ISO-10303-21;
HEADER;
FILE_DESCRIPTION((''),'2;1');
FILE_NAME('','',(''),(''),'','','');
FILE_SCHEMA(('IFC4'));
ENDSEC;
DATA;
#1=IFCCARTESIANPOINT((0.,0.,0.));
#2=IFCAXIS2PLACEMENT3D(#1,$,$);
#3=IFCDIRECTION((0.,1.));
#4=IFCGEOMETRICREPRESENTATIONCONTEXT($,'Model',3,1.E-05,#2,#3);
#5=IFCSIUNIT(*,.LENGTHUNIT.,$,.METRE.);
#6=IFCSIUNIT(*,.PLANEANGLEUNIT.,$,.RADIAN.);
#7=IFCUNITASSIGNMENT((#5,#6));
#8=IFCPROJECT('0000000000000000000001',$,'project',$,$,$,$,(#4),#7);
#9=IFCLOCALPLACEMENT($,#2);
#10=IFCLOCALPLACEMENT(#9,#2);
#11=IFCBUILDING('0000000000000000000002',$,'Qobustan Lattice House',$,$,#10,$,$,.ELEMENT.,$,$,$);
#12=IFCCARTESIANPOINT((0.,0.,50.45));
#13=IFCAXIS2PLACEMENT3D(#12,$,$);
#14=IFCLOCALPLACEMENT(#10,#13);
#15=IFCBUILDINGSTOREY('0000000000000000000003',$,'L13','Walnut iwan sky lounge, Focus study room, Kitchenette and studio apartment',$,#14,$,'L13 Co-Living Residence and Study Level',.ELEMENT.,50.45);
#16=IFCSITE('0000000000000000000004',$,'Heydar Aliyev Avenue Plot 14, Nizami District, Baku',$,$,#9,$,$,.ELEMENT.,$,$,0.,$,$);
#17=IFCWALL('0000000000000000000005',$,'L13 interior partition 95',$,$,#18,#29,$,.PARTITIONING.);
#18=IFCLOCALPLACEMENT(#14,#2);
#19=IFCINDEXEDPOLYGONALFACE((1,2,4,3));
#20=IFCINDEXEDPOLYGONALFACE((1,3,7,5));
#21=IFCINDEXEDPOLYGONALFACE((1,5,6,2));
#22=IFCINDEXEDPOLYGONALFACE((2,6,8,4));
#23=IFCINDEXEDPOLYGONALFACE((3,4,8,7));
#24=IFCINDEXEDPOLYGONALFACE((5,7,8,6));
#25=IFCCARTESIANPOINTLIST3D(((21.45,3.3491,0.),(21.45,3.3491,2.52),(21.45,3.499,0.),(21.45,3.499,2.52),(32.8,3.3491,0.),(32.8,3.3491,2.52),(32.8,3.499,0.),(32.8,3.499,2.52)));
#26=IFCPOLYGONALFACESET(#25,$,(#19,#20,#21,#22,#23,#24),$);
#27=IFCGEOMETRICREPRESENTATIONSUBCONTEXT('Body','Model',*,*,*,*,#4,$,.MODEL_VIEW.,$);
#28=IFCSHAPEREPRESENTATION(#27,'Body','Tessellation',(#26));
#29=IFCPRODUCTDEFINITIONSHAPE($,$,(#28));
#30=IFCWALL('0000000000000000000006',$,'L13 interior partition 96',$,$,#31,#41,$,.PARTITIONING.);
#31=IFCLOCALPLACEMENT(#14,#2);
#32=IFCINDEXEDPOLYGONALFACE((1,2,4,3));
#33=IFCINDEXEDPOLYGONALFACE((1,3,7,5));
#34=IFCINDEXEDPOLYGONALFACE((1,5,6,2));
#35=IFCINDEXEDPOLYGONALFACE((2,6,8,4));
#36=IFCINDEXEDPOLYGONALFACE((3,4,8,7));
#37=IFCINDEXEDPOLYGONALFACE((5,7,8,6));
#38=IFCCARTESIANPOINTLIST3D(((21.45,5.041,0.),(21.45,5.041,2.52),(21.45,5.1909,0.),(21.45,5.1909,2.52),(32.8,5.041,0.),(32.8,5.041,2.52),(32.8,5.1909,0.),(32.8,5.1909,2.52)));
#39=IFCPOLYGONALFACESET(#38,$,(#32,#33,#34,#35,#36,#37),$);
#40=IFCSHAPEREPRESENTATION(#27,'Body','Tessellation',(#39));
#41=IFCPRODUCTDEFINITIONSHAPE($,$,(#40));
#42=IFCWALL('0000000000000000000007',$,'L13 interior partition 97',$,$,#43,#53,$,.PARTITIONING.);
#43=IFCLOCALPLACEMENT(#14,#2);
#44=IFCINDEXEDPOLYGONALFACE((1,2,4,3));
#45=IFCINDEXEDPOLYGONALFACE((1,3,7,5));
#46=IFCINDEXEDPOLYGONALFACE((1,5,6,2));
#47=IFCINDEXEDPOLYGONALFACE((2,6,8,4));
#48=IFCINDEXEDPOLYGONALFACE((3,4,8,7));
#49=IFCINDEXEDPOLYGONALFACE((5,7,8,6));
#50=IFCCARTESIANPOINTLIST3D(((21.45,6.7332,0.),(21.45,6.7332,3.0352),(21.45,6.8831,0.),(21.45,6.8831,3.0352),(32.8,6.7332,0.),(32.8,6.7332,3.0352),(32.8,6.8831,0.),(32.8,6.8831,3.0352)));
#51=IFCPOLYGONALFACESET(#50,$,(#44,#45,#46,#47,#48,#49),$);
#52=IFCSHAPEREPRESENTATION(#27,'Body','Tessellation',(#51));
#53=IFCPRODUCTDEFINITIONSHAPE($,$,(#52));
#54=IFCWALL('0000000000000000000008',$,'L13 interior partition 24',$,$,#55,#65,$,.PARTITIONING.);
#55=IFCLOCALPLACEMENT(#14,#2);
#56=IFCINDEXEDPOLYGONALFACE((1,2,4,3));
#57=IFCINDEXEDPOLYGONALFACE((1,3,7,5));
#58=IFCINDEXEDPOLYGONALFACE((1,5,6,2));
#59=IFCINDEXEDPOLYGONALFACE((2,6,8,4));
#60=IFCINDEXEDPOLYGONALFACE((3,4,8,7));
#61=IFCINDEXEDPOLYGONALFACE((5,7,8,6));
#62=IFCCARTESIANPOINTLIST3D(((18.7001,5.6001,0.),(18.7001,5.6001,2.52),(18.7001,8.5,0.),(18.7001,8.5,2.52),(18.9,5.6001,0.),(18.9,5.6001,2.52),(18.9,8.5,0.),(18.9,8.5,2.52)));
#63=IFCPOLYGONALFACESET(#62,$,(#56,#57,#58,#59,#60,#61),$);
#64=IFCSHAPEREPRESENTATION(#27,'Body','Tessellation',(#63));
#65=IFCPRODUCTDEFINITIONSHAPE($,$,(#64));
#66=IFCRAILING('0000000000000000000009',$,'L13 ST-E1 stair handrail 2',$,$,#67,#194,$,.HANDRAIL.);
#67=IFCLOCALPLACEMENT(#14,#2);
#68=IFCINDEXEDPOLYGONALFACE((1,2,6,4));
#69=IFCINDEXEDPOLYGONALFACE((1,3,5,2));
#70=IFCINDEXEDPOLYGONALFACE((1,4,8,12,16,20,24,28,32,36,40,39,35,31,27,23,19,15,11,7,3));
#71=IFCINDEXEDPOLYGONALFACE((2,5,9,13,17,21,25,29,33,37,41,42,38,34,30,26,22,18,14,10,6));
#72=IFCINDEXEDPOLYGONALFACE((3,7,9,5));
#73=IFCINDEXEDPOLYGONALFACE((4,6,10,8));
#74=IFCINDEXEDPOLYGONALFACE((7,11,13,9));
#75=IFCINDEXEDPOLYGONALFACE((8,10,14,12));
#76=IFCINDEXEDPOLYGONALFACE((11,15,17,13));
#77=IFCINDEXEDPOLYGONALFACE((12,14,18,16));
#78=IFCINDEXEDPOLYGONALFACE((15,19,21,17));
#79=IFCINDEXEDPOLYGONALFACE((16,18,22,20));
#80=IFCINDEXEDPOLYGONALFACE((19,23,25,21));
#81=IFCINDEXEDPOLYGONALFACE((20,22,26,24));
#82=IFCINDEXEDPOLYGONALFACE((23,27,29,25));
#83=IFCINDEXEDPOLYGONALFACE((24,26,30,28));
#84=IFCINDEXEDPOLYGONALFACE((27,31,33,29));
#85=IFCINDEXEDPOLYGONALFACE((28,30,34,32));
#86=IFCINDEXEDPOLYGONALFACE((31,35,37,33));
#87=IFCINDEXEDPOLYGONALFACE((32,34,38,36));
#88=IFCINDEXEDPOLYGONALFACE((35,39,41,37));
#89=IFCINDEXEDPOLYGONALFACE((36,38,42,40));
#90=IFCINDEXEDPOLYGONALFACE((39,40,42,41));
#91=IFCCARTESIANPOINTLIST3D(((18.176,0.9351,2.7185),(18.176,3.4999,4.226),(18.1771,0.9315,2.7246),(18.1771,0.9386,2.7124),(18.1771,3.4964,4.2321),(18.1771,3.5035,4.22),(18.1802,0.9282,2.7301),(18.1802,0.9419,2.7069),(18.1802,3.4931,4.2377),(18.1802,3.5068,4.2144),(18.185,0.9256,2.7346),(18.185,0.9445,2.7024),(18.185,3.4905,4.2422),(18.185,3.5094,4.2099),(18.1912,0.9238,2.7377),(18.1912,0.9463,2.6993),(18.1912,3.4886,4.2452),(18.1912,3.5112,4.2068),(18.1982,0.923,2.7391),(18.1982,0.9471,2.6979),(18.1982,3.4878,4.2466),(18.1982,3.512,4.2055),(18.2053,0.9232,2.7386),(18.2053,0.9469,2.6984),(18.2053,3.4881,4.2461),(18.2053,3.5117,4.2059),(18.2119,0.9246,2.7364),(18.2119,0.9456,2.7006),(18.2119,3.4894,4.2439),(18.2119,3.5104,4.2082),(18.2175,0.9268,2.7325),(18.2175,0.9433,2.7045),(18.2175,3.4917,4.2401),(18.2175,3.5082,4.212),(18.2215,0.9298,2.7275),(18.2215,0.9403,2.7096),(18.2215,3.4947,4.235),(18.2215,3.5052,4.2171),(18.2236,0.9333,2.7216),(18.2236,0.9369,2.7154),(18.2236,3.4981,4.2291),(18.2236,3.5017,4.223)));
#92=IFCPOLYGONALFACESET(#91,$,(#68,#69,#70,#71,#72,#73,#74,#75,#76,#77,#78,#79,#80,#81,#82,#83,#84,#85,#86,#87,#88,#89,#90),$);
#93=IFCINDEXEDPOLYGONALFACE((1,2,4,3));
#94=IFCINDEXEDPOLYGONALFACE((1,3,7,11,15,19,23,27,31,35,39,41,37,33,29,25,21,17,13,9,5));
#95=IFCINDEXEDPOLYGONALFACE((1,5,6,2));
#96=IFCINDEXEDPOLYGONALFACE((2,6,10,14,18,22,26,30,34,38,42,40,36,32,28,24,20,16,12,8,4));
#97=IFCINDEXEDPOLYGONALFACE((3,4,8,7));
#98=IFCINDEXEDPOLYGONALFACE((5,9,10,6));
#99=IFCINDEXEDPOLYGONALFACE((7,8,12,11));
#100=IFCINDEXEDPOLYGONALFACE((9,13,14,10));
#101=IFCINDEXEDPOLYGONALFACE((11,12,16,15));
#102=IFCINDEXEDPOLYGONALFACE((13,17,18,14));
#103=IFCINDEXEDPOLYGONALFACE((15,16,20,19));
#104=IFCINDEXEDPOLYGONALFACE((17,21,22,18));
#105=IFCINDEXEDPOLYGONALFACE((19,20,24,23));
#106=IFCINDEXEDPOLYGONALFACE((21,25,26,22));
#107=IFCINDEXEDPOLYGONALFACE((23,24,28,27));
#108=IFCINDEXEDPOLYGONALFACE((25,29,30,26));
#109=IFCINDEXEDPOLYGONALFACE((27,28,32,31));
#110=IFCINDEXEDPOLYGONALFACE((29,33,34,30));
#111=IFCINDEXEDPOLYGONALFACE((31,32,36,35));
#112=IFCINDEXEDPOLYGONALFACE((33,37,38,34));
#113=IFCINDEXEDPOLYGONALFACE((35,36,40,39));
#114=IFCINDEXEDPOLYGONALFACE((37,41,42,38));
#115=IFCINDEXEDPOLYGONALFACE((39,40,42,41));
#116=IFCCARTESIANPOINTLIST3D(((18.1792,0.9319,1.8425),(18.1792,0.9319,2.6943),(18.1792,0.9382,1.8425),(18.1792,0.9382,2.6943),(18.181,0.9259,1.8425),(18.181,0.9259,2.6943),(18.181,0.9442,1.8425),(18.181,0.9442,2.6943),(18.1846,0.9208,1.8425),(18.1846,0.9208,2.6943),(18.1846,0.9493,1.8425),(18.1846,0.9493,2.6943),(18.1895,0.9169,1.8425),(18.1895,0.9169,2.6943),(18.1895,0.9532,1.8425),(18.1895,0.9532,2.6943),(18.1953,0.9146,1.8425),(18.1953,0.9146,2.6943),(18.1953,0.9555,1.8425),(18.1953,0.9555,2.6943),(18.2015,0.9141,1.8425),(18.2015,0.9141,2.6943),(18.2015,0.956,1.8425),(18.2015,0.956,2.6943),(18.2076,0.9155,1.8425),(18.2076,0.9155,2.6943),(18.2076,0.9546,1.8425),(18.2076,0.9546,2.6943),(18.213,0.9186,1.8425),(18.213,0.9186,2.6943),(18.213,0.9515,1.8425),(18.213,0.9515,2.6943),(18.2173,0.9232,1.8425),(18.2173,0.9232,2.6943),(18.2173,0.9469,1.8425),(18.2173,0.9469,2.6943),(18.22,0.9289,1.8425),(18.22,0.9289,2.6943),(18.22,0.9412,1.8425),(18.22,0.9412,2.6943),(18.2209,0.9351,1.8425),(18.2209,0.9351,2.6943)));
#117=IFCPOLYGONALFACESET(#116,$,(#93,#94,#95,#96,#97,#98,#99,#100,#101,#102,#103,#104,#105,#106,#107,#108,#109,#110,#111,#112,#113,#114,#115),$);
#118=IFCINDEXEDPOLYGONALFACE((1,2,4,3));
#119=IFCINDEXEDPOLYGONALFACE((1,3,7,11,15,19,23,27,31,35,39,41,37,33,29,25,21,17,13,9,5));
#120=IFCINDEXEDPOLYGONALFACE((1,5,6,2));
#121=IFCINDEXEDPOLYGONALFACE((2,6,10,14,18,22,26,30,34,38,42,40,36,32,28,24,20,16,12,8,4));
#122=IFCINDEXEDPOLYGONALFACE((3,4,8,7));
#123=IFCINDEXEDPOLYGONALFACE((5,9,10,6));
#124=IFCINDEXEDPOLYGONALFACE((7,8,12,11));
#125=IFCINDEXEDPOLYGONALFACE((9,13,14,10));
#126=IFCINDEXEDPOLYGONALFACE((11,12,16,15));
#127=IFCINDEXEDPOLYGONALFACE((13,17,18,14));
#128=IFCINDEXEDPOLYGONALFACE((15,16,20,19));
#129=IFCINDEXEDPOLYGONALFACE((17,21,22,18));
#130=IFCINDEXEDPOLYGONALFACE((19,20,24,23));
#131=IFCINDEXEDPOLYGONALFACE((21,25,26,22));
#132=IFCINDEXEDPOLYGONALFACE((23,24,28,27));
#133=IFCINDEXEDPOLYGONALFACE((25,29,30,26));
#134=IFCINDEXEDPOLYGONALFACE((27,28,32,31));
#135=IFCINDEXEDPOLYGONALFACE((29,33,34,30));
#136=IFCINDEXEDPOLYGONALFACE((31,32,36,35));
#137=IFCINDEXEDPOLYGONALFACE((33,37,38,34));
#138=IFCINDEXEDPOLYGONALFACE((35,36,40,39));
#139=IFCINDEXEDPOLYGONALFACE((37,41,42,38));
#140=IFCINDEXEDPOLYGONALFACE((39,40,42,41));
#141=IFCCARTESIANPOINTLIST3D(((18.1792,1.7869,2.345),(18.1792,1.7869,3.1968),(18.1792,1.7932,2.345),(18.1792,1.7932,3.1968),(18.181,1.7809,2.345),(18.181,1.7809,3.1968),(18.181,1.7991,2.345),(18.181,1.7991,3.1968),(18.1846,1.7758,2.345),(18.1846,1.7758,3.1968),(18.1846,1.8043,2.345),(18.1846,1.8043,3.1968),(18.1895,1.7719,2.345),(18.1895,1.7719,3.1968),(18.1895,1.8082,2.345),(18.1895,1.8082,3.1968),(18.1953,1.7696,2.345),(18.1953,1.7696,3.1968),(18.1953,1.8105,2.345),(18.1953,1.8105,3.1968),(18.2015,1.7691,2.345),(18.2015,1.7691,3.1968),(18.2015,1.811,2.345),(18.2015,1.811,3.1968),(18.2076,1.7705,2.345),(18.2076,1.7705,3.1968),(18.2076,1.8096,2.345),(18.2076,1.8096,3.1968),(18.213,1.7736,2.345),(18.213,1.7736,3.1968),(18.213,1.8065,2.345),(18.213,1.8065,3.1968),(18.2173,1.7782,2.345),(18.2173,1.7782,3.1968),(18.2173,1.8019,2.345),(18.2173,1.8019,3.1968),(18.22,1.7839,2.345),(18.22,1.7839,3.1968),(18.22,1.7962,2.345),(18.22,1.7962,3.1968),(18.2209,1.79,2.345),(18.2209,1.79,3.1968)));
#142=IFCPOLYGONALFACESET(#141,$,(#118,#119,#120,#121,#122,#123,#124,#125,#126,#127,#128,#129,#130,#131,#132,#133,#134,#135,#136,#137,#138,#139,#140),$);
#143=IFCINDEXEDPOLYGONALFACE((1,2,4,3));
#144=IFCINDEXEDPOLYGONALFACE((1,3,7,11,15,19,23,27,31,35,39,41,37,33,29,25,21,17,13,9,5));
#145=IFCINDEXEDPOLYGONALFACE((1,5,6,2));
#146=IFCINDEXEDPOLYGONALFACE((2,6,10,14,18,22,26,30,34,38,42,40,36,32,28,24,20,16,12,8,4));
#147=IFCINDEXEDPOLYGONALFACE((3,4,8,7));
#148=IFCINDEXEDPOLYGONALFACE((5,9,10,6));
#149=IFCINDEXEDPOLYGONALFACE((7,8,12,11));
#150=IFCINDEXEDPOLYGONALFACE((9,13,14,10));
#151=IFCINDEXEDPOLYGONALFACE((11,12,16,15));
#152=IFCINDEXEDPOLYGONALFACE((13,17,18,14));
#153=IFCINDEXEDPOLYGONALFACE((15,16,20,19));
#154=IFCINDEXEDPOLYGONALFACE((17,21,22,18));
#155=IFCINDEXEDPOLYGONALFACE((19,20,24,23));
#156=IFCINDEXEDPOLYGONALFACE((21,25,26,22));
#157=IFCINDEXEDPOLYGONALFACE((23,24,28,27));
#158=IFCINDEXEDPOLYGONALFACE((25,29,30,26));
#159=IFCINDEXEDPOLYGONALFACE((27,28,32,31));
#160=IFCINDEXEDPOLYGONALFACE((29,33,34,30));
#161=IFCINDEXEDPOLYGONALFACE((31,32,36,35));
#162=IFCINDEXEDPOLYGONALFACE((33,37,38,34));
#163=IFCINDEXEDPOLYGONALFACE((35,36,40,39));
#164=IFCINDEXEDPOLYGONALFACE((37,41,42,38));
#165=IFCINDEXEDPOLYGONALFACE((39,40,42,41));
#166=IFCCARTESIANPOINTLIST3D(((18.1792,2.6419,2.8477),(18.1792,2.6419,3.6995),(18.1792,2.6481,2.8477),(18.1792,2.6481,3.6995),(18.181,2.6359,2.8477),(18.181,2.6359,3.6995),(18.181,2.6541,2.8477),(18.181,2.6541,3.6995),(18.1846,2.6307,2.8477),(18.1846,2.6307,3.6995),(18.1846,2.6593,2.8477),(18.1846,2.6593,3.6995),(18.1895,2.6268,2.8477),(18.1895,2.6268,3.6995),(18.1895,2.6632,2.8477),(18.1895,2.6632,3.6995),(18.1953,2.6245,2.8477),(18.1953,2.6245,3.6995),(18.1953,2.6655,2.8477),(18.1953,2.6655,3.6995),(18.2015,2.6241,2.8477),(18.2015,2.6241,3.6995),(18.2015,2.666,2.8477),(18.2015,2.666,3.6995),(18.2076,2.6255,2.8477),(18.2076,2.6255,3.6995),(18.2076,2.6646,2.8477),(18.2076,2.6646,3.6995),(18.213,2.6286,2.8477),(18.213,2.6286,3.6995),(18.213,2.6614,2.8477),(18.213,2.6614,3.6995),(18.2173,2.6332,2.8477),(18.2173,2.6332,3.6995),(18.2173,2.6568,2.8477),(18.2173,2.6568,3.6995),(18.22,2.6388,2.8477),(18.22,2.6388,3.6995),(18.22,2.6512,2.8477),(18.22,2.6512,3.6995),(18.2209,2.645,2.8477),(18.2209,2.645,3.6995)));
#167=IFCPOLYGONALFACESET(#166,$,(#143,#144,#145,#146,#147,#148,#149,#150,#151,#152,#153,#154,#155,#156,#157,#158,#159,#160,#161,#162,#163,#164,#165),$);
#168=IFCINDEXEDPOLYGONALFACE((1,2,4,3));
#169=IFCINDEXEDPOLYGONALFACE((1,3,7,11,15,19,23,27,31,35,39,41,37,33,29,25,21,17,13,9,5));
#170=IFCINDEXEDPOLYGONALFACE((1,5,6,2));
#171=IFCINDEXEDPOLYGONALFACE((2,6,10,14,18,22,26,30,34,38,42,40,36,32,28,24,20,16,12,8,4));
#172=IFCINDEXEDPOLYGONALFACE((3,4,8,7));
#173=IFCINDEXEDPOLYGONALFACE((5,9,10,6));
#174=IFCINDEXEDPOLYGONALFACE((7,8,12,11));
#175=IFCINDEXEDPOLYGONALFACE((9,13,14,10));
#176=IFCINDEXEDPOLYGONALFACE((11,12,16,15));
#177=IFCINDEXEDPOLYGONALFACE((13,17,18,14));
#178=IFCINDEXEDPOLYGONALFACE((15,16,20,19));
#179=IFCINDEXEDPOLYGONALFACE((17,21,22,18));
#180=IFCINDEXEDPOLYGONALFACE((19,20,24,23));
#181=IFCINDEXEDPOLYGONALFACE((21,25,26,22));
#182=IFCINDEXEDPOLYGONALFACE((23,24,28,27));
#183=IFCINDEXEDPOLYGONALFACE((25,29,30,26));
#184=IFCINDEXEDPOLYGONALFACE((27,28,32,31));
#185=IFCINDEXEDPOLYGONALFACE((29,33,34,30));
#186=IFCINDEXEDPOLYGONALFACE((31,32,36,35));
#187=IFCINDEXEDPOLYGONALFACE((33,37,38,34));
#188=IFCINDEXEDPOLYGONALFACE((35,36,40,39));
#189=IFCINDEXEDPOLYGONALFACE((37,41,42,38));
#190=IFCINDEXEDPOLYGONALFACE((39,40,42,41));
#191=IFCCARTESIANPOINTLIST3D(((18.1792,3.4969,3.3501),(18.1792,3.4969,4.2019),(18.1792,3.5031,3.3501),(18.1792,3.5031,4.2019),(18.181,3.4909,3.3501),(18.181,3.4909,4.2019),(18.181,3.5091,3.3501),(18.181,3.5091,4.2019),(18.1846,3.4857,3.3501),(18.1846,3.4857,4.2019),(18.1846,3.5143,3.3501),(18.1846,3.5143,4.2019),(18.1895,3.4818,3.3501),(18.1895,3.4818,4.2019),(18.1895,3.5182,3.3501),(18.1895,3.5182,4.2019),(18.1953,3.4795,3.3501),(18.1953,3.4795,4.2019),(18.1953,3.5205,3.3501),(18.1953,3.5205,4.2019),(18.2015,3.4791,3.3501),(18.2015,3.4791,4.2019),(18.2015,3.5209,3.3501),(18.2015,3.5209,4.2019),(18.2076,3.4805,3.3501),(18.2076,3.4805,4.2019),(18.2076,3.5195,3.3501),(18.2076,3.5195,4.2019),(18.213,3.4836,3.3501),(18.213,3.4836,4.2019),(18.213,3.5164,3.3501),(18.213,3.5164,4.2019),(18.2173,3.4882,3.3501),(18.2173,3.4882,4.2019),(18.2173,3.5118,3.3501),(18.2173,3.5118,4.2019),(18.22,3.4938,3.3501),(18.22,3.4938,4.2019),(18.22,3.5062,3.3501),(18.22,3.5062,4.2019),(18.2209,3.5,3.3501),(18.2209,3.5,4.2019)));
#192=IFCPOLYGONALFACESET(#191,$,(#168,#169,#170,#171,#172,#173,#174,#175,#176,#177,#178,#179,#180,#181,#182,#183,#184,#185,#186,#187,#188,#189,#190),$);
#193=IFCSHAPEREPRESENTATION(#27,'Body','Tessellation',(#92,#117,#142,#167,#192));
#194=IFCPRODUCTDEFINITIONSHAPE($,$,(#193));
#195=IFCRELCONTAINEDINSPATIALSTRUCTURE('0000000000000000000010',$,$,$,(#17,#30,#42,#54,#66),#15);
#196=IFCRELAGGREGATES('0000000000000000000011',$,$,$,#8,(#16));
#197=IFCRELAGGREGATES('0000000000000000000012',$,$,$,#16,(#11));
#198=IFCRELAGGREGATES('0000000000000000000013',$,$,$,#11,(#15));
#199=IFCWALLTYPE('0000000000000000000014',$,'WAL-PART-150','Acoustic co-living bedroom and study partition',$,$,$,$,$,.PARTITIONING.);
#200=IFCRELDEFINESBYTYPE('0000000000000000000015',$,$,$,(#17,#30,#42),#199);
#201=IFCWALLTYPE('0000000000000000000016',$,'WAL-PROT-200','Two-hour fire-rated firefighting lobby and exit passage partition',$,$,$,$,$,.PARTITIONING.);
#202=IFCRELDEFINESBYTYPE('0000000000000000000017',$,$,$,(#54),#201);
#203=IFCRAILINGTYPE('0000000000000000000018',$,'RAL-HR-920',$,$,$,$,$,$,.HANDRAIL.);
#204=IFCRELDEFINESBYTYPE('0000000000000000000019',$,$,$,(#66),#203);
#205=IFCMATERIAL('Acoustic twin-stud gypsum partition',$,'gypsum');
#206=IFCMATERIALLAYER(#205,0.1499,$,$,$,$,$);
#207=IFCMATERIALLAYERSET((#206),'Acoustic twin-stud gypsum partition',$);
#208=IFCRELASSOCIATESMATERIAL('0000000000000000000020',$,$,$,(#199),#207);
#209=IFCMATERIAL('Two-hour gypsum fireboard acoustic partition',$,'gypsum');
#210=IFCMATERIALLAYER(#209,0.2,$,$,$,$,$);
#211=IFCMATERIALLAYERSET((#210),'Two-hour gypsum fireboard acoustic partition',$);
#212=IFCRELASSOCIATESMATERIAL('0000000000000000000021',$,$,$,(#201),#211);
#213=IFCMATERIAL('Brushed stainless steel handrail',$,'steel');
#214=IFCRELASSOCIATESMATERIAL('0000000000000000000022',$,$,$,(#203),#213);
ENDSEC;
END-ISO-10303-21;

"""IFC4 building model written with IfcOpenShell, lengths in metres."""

from ifc_helpers import new_model, si_unit, direction, frame, frame_2d, origin, origin_2d, place, context, subcontext, project, spatial, rectangle, circle, extrude, material, layer, layer_set, type_object, element, save


model = new_model("IFC4")

# Units and contexts
model_context = context("Model", 3, precision=1e-05, world=origin(), true_north=direction((0.0, 1.0)))
body_context = subcontext(model_context, "Body", "Model", "MODEL_VIEW")
ifc_project = project(units=[si_unit("LENGTHUNIT", "METRE"), si_unit("PLANEANGLEUNIT", "RADIAN")], contexts=[model_context])

# Site, building, storey
site_placement = place(None, origin())
site = spatial("IfcSite", under=ifc_project, at=site_placement, Name="Heydar Aliyev Avenue Plot 14, Nizami District, Baku", CompositionType="ELEMENT", RefElevation=0.0)
building_placement = place(site_placement, origin())
building = spatial("IfcBuilding", under=site, at=building_placement, Name="Qobustan Lattice House", CompositionType="ELEMENT")
storey_placement = place(building_placement, frame((0.0, 0.0, 50.45)))
storey = spatial("IfcBuildingStorey", under=building, at=storey_placement, Name="L13", Description="Walnut iwan sky lounge, Focus study room, Kitchenette and studio apartment", LongName="L13 Co-Living Residence and Study Level", CompositionType="ELEMENT", Elevation=50.45)

# Shared definitions
ifc_material_1 = material(Name="Acoustic twin-stud gypsum partition", Category="gypsum")
ifc_layer_1 = layer(ifc_material_1, 0.1499)
ifc_layer_set_1 = layer_set([ifc_layer_1], Name="Acoustic twin-stud gypsum partition")
wall_type_1 = type_object("IfcWallType", Name="WAL-PART-150", Description="Acoustic co-living bedroom and study partition", PredefinedType="PARTITIONING", material=ifc_layer_set_1)

# Walls
for number, where, z_axis, x_axis, name in (
    (1, (21.45, 3.4241, 0.0), (0.0, 0.0, 1.0), (1.0, 0.0, 0.0), "L13 interior partition 95"),
    (2, (21.45, 5.116, 0.0), (0.0, 0.0, 1.0), (1.0, 0.0, 0.0), "L13 interior partition 96"),
):
    element("IfcWall", number, at=place(storey_placement, frame(where, z_axis=z_axis, x_axis=x_axis)), inside=storey, type_object=wall_type_1, Name=name, PredefinedType="PARTITIONING", context=body_context, shape_type="SweptSolid", body=[
        extrude(rectangle(XDim=11.3501, YDim=0.1499, at=frame_2d((5.675, 0.0))), origin(), (0.0, 0.0, 1.0), 2.52),
    ])
wall_1_placement = place(storey_placement, frame((21.45, 6.8081, 0.0), z_axis=(0.0, 0.0, 1.0), x_axis=(1.0, 0.0, 0.0)))
element("IfcWall", 3, at=wall_1_placement, inside=storey, type_object=wall_type_1, Name="L13 interior partition 97", PredefinedType="PARTITIONING", context=body_context, shape_type="SweptSolid", body=[
    extrude(rectangle(XDim=11.3501, YDim=0.1499, at=frame_2d((5.675, 0.0))), origin(), (0.0, 0.0, 1.0), 3.0352),
])

# Shared definitions
ifc_material_2 = material(Name="Two-hour gypsum fireboard acoustic partition", Category="gypsum")
ifc_layer_2 = layer(ifc_material_2, 0.2)
ifc_layer_set_2 = layer_set([ifc_layer_2], Name="Two-hour gypsum fireboard acoustic partition")
wall_type_2 = type_object("IfcWallType", Name="WAL-PROT-200", Description="Two-hour fire-rated firefighting lobby and exit passage partition", PredefinedType="PARTITIONING", material=ifc_layer_set_2)

# Wall
wall_2_placement = place(storey_placement, frame((18.8, 5.6001, 0.0), z_axis=(0.0, 0.0, 1.0), x_axis=(0.0, 1.0, 0.0)))
element("IfcWall", 4, at=wall_2_placement, inside=storey, type_object=wall_type_2, Name="L13 interior partition 24", PredefinedType="PARTITIONING", context=body_context, shape_type="SweptSolid", body=[
    extrude(rectangle(XDim=2.8999, YDim=0.2, at=frame_2d((1.45, 0.0))), origin(), (0.0, 0.0, 1.0), 2.52),
])

# Railing
ifc_material_3 = material(Name="Brushed stainless steel handrail", Category="steel")
railing_type = type_object("IfcRailingType", Name="RAL-HR-920", PredefinedType="HANDRAIL", material=ifc_material_3)
railing_placement = place(storey_placement, frame((18.2, 0.9351, 1.8425)))
element("IfcRailing", 5, at=railing_placement, inside=storey, type_object=railing_type, Name="L13 ST-E1 stair handrail 2", PredefinedType="HANDRAIL", context=body_context, shape_type="SweptSolid", body=[
    extrude(circle(Radius=0.0239, at=origin_2d()), frame((0.0, 0.0, 0.876), z_axis=(0.0, 0.862113, 0.506715), x_axis=(-1.0, 0.0, 0.0)), (0.0, 0.0, 1.0), 2.9751),
    extrude(circle(Radius=0.021, at=origin_2d()), origin(), (0.0, 0.0, 1.0), 0.8518),
    extrude(circle(Radius=0.021, at=origin_2d()), frame((0.0, 0.855, 0.5024)), (0.0, 0.0, 1.0), 0.8518),
    extrude(circle(Radius=0.021, at=origin_2d()), frame((0.0, 1.71, 1.0051)), (0.0, 0.0, 1.0), 0.8518),
    extrude(circle(Radius=0.021, at=origin_2d()), frame((0.0, 2.5649, 1.5076)), (0.0, 0.0, 1.0), 0.8518),
])

save(model, "model.ifc")
